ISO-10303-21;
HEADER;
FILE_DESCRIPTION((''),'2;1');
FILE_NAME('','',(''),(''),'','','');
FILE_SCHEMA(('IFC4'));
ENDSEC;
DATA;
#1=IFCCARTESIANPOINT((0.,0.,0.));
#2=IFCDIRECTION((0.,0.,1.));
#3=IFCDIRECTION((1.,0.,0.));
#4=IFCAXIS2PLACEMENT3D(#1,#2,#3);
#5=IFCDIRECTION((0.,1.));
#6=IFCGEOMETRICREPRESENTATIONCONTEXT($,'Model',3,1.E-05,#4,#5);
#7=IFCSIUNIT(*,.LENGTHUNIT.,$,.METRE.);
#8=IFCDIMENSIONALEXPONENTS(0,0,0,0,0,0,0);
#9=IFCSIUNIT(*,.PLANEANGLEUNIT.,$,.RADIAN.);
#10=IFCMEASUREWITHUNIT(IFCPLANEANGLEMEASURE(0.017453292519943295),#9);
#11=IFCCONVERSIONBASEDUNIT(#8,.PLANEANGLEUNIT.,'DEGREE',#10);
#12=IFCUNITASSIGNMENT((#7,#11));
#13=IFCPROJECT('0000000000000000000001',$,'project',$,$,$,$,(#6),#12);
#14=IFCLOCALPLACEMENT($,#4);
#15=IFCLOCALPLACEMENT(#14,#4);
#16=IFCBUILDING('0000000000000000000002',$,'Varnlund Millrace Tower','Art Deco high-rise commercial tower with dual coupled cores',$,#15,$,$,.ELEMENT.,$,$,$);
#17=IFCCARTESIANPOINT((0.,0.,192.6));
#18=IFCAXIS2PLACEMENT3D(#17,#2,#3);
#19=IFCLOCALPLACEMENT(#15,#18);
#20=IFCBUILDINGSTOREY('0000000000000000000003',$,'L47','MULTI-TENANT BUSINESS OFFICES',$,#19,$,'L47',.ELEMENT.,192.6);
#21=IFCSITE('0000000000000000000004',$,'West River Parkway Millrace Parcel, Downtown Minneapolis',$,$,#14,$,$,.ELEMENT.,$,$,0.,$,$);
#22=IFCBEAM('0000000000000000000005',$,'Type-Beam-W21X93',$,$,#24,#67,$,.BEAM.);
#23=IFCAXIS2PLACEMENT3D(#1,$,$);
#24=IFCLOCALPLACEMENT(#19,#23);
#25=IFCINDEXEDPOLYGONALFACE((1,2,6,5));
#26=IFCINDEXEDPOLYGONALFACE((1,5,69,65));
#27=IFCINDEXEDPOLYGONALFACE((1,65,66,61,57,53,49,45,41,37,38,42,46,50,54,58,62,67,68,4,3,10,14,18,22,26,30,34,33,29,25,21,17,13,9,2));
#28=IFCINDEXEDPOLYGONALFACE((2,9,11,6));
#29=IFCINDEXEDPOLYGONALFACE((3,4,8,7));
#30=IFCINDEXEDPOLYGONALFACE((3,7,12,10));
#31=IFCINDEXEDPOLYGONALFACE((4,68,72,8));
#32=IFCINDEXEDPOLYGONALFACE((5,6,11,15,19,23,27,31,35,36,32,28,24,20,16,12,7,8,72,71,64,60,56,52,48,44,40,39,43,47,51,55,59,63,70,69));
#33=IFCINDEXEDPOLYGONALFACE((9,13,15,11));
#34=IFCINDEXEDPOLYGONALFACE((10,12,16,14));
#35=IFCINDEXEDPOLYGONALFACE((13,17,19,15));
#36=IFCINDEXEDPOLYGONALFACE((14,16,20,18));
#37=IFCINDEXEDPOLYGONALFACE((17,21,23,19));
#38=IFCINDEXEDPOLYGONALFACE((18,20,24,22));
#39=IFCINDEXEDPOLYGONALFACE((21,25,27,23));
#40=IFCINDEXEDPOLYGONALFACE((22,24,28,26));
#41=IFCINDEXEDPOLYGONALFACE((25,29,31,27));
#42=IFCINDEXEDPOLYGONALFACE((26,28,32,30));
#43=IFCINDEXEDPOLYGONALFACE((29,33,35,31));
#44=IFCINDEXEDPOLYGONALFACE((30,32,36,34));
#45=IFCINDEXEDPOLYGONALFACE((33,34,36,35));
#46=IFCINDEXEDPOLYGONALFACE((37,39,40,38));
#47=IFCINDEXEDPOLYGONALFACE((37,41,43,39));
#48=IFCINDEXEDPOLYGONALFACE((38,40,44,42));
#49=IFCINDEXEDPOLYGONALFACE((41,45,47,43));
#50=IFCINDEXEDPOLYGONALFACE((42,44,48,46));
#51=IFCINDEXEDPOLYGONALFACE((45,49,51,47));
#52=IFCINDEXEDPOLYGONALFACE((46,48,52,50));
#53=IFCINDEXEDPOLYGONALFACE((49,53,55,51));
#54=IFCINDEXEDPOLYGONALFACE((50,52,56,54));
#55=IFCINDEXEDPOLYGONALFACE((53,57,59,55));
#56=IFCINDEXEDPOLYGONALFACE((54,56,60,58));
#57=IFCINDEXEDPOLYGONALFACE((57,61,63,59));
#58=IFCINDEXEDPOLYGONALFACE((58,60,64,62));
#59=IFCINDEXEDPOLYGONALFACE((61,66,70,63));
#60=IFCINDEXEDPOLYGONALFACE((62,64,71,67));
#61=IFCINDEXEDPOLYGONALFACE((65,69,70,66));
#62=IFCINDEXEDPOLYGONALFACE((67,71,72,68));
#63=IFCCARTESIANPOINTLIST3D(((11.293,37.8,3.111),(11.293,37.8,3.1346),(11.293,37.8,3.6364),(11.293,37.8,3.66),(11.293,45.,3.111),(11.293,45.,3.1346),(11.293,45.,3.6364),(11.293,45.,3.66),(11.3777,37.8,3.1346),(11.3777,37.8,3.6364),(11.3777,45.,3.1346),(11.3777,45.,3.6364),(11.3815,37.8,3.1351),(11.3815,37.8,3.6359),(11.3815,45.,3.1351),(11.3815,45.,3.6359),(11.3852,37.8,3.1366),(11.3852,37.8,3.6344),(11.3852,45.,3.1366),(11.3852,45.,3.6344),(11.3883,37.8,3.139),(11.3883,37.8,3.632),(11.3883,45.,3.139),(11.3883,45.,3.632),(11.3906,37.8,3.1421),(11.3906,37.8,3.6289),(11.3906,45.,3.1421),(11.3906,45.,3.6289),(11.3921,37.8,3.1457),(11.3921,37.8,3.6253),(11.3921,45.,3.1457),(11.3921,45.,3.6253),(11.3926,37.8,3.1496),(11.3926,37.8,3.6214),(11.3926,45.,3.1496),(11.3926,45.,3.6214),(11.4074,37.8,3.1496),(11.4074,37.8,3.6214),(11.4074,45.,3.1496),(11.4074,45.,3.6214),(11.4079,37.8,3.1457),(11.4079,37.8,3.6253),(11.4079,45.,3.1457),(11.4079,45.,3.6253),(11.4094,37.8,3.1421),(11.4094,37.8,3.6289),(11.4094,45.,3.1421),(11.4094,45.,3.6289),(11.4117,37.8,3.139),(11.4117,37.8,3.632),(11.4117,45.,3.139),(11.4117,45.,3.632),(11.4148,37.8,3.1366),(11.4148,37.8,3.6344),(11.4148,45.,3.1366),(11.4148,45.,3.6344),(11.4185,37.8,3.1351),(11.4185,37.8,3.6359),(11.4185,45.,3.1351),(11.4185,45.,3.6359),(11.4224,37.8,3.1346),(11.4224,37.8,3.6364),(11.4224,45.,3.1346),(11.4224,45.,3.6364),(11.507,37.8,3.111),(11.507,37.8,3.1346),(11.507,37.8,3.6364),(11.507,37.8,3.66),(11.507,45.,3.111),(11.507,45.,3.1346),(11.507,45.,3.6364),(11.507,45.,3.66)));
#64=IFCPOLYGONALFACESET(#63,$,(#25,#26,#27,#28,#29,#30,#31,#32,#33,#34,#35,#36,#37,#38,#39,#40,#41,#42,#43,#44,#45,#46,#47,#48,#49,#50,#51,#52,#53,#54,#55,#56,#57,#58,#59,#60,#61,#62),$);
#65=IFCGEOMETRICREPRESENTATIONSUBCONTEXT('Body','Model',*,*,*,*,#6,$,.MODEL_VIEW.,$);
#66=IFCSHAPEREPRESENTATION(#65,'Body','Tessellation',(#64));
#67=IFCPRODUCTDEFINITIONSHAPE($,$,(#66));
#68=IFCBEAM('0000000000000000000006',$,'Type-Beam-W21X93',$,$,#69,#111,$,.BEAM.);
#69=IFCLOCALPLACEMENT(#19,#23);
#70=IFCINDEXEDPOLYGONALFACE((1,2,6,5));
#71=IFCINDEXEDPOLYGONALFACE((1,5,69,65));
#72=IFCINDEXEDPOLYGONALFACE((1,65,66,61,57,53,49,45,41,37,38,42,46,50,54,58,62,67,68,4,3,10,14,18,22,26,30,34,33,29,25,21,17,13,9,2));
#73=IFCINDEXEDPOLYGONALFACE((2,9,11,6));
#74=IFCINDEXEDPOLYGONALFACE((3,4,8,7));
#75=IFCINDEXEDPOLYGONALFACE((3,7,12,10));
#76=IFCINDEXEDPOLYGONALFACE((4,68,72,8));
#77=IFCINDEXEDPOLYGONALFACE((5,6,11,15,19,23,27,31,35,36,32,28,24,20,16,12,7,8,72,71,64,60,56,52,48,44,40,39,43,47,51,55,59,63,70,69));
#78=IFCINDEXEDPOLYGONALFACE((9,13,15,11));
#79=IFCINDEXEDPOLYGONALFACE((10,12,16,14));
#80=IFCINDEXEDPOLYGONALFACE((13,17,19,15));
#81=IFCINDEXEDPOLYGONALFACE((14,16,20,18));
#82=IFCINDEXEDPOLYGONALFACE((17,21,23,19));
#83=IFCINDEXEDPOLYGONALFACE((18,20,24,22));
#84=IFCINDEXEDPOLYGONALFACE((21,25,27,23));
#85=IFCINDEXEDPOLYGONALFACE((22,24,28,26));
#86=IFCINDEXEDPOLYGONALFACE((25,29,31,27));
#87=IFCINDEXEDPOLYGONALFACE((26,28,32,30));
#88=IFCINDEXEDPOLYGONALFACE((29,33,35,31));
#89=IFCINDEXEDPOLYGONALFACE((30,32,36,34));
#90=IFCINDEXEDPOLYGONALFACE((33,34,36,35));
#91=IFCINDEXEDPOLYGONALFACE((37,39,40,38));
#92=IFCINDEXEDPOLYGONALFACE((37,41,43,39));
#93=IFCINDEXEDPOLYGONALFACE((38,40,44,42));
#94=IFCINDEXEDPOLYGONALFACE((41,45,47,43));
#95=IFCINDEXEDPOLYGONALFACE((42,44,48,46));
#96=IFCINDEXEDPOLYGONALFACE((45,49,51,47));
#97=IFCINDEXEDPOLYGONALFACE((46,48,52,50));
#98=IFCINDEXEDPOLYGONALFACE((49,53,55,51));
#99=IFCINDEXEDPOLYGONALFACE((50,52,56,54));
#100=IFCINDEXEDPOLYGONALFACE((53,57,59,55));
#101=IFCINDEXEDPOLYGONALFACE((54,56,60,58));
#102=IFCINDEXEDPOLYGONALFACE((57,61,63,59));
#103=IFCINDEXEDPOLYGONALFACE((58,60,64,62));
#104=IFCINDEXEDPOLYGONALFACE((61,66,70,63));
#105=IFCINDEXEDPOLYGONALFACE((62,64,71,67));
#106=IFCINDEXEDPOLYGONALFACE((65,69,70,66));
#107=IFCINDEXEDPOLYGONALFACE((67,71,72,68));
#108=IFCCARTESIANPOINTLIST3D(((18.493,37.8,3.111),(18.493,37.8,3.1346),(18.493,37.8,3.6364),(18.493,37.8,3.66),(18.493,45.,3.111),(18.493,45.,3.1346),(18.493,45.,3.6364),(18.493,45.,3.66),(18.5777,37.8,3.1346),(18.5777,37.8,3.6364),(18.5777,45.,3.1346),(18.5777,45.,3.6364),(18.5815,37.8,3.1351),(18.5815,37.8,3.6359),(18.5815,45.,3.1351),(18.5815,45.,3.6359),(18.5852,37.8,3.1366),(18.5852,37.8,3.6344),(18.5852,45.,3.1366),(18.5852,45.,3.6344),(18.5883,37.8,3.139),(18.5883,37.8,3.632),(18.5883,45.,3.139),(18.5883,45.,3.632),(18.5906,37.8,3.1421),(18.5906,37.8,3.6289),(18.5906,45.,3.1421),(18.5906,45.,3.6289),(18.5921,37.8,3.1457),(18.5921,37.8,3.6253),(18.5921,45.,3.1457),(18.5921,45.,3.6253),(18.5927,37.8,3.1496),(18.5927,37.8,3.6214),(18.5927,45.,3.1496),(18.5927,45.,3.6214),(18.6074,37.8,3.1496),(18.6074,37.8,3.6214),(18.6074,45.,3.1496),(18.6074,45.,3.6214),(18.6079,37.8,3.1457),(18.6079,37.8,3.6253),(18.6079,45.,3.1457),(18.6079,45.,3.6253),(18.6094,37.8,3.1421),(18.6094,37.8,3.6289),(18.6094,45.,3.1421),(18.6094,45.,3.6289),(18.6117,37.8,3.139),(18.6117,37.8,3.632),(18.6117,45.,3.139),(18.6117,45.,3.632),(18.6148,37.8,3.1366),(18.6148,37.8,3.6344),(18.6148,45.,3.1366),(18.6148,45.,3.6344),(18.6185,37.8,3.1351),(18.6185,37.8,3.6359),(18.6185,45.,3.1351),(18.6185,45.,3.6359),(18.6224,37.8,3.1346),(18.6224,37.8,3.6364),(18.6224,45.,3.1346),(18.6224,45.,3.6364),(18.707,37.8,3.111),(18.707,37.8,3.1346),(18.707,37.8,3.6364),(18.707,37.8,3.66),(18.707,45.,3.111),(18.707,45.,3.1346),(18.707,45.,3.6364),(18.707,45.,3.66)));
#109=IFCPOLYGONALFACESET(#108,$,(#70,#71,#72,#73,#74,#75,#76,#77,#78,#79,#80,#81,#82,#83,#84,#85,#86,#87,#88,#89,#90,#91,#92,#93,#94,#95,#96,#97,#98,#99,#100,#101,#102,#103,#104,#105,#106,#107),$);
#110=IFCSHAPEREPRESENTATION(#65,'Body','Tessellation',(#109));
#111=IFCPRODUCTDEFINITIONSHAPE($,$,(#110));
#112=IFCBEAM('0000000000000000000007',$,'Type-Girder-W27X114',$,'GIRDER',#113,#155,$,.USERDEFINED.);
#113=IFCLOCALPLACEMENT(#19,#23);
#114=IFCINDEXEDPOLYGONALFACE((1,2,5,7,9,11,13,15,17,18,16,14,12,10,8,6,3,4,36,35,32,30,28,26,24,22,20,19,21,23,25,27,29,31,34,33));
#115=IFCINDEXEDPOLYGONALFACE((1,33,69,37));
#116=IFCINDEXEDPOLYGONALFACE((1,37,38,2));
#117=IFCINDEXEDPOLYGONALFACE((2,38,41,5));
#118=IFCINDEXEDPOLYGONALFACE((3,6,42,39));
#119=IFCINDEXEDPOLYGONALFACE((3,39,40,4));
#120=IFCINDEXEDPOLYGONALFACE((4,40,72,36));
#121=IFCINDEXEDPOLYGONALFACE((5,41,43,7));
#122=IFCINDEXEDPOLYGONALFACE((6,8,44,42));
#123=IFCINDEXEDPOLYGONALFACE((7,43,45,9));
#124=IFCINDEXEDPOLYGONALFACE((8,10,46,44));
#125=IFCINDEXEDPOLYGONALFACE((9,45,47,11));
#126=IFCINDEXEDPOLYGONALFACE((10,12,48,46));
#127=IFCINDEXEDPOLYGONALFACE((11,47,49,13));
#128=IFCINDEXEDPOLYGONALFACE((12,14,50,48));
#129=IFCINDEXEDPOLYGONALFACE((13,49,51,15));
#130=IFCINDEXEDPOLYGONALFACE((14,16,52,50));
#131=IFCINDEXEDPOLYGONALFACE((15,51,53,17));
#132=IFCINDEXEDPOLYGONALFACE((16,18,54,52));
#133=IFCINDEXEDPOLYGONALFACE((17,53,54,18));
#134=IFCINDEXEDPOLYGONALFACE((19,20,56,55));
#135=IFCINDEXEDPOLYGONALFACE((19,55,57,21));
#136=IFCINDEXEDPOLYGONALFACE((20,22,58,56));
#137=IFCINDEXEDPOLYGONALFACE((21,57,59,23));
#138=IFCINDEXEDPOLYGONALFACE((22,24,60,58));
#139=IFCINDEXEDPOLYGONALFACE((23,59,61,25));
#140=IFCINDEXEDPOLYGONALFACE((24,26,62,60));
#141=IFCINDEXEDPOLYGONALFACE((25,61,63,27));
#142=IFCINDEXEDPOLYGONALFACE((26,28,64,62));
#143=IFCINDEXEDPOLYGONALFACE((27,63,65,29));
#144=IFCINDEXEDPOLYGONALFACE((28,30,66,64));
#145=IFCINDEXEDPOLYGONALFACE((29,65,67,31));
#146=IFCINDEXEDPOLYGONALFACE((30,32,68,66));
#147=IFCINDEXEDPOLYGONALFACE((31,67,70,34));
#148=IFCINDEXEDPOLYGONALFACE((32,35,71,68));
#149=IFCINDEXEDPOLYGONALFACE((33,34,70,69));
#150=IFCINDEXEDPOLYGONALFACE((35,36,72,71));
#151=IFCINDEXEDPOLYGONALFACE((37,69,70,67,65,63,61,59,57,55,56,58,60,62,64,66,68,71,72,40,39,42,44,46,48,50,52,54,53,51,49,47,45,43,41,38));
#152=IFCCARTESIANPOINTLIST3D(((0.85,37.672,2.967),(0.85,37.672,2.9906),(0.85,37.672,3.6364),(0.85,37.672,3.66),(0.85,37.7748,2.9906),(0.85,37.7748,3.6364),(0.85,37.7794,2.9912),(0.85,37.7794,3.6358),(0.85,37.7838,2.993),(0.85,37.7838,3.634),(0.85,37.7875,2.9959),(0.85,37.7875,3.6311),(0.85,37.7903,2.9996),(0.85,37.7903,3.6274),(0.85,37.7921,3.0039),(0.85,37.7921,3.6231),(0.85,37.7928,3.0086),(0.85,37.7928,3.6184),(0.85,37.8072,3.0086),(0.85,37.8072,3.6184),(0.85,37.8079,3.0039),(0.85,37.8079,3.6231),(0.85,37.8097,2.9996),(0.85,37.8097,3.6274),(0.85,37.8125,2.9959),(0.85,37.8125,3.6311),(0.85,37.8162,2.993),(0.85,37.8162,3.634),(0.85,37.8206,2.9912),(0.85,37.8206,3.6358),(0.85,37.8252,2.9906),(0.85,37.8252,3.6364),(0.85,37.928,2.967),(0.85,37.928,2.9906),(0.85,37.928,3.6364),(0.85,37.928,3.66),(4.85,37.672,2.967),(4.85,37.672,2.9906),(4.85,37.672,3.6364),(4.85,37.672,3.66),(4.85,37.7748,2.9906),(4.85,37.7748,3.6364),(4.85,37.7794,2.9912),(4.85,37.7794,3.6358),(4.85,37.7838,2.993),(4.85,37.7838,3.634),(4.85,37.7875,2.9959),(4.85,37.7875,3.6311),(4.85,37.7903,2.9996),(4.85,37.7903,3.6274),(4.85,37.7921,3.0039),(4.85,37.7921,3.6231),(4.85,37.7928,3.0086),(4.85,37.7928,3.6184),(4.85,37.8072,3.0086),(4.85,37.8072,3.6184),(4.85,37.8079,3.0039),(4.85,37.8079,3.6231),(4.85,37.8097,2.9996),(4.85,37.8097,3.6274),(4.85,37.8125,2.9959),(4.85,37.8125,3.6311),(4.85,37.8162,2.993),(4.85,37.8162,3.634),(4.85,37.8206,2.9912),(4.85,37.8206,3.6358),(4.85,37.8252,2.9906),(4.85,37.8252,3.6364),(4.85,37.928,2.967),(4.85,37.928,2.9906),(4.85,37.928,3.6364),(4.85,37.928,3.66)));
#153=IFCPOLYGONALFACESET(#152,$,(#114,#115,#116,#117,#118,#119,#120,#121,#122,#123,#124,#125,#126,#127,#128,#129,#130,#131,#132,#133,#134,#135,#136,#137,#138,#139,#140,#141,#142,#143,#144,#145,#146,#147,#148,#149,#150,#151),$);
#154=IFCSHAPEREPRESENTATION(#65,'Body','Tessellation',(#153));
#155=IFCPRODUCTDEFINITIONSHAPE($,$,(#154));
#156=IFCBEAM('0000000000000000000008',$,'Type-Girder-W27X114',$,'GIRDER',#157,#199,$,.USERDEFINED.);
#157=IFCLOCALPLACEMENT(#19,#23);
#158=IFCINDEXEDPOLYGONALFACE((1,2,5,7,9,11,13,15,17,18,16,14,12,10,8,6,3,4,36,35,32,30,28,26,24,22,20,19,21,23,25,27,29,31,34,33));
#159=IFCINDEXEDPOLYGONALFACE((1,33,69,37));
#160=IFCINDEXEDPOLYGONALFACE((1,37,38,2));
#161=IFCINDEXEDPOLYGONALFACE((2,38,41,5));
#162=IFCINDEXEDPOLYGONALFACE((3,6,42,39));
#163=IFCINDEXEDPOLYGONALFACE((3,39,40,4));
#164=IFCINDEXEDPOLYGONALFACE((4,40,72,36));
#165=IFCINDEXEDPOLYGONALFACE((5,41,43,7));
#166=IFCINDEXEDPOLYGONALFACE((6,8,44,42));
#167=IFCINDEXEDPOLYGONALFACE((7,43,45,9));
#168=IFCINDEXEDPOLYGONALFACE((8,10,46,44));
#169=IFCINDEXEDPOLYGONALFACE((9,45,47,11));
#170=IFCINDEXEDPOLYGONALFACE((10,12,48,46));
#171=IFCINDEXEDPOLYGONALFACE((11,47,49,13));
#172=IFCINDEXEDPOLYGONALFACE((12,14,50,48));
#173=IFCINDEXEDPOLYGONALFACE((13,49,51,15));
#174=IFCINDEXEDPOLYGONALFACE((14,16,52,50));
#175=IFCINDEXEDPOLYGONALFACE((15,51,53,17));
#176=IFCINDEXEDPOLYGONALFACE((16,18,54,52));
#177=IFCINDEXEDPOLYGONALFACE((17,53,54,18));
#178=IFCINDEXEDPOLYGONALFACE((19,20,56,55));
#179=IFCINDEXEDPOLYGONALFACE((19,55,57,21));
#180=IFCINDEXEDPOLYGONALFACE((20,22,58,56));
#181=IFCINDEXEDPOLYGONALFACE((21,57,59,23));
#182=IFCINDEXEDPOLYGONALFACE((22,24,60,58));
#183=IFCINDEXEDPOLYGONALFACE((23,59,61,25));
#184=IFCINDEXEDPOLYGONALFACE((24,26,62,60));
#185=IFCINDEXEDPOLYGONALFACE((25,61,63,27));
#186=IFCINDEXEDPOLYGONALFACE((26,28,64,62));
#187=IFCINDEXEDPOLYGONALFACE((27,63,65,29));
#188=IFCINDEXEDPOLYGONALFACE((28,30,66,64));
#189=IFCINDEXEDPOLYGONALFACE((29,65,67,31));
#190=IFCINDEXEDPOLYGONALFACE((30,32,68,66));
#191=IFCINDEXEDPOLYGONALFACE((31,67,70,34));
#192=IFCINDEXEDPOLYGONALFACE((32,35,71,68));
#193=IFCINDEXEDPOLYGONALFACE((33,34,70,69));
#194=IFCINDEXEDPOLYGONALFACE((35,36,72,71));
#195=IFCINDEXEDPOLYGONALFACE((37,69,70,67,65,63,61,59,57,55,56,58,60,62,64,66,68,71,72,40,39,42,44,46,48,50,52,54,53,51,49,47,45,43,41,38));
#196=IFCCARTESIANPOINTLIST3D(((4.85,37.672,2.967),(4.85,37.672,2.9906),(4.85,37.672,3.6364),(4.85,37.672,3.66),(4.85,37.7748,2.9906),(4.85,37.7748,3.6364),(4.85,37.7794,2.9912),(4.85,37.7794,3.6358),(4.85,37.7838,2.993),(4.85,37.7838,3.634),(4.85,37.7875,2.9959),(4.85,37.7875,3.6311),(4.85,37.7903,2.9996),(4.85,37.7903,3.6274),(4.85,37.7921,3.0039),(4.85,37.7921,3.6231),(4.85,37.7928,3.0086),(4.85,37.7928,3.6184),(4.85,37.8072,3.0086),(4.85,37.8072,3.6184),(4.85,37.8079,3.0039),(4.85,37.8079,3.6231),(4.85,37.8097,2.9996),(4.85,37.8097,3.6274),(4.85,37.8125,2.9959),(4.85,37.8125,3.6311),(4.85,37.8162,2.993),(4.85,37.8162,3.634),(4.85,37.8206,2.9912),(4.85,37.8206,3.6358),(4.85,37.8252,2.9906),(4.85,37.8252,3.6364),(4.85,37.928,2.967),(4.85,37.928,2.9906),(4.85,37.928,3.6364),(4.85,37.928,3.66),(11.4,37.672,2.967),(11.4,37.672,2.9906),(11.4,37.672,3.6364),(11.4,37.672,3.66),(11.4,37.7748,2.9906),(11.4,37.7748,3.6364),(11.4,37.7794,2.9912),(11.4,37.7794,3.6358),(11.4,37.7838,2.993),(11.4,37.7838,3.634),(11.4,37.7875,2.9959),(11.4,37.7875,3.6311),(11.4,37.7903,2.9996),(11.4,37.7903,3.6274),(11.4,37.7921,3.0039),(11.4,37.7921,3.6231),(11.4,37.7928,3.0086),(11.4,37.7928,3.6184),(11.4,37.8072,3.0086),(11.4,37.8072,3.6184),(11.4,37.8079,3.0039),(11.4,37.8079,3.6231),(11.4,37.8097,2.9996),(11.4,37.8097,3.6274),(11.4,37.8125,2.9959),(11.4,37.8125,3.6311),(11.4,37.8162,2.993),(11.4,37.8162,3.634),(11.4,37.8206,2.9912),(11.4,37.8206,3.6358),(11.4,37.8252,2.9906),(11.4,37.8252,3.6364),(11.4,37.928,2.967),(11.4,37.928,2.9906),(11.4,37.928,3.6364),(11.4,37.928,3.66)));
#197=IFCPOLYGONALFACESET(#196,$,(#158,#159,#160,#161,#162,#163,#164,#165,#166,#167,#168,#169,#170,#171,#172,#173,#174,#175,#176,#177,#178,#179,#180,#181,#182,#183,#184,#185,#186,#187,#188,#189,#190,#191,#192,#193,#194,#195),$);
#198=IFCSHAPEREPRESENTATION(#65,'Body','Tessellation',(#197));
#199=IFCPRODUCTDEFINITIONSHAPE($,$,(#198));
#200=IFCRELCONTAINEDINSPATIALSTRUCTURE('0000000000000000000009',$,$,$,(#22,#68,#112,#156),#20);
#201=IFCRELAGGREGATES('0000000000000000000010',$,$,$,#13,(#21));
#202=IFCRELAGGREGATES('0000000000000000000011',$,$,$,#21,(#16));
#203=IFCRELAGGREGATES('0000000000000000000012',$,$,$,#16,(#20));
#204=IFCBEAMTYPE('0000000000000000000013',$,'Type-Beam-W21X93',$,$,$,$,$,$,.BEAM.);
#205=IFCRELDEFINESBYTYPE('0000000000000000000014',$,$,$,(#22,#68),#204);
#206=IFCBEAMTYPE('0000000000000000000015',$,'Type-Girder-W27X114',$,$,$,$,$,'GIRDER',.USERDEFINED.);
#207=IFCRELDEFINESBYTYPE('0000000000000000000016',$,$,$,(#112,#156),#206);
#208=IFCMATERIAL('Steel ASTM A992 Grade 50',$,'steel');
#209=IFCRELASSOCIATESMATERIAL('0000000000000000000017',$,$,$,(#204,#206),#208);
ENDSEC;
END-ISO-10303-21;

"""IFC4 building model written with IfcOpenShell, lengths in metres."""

from ifc_helpers import new_model, entity, si_unit, converted_unit, direction, frame, origin_with_axes, origin_2d_with_axis, place, context, subcontext, project, spatial, i_section, extrude, material, material_profile, profile_set, type_object, element, save


model = new_model("IFC4")

# Units and contexts
model_context = context("Model", 3, precision=1e-05, world=origin_with_axes(), true_north=direction((0.0, 1.0)))
body_context = subcontext(model_context, "Body", "Model", "MODEL_VIEW")
ifc_project = project(units=[si_unit("LENGTHUNIT", "METRE"), converted_unit("PLANEANGLEUNIT", "DEGREE", entity("IfcPlaneAngleMeasure", 0.017453292519943295), si_unit("PLANEANGLEUNIT", "RADIAN"), dimensions=[0, 0, 0, 0, 0, 0, 0])], contexts=[model_context])

# Site, building, storey
site_placement = place(None, origin_with_axes())
site = spatial("IfcSite", under=ifc_project, at=site_placement, Name="West River Parkway Millrace Parcel, Downtown Minneapolis", CompositionType="ELEMENT", RefElevation=0.0)
building_placement = place(site_placement, origin_with_axes())
building = spatial("IfcBuilding", under=site, at=building_placement, Name="Varnlund Millrace Tower", Description="Art Deco high-rise commercial tower with dual coupled cores", CompositionType="ELEMENT")
storey_placement = place(building_placement, frame((0.0, 0.0, 192.6), z_axis=(0.0, 0.0, 1.0), x_axis=(1.0, 0.0, 0.0)))
storey = spatial("IfcBuildingStorey", under=building, at=storey_placement, Name="L47", Description="MULTI-TENANT BUSINESS OFFICES", LongName="L47", CompositionType="ELEMENT", Elevation=192.6)

# Beams
ifc_material_1 = material(Name="Steel ASTM A992 Grade 50", Category="steel")
ifc_material_profile_1 = material_profile(ifc_material_1, i_section(OverallWidth=0.214, OverallDepth=0.549, WebThickness=0.0147, FlangeThickness=0.0236, FilletRadius=0.015, at=origin_2d_with_axis()), Name="Steel ASTM A992 Grade 50")
ifc_profile_set_1 = profile_set([ifc_material_profile_1], Name="Steel ASTM A992 Grade 50")
beam_type_1 = type_object("IfcBeamType", Name="Type-Beam-W21X93", PredefinedType="BEAM", material=ifc_profile_set_1)
for number, where, z_axis, x_axis, name in (
    (1, (11.4, 37.8, 3.3855), (0.0, 1.0, 0.0), (-1.0, 0.0, 0.0), "Type-Beam-W21X93"),
    (2, (18.6, 37.8, 3.3855), (0.0, 1.0, 0.0), (-1.0, 0.0, 0.0), "Type-Beam-W21X93"),
):
    element("IfcBeam", number, at=place(storey_placement, frame(where, z_axis=z_axis, x_axis=x_axis)), inside=storey, type_object=beam_type_1, Name=name, PredefinedType="BEAM", context=body_context, shape_type="SweptSolid", body=[
        extrude(i_section(OverallWidth=0.214, OverallDepth=0.549, WebThickness=0.0147, FlangeThickness=0.0236, FilletRadius=0.015, at=origin_2d_with_axis()), origin_with_axes(), (0.0, 0.0, 1.0), 7.2),
    ])
ifc_material_profile_2 = material_profile(ifc_material_1, i_section(OverallWidth=0.256, OverallDepth=0.693, WebThickness=0.0145, FlangeThickness=0.0236, FilletRadius=0.018, at=origin_2d_with_axis()), Name="Steel ASTM A992 Grade 50")
ifc_profile_set_2 = profile_set([ifc_material_profile_2], Name="Steel ASTM A992 Grade 50")
beam_type_2 = type_object("IfcBeamType", Name="Type-Girder-W27X114", ElementType="GIRDER", PredefinedType="USERDEFINED", material=ifc_profile_set_2)
beam_1_placement = place(storey_placement, frame((0.85, 37.8, 3.3135), z_axis=(1.0, 0.0, 0.0), x_axis=(0.0, 1.0, 0.0)))
element("IfcBeam", 3, at=beam_1_placement, inside=storey, type_object=beam_type_2, Name="Type-Girder-W27X114", ObjectType="GIRDER", PredefinedType="USERDEFINED", context=body_context, shape_type="SweptSolid", body=[
    extrude(i_section(OverallWidth=0.256, OverallDepth=0.693, WebThickness=0.0145, FlangeThickness=0.0236, FilletRadius=0.018, at=origin_2d_with_axis()), origin_with_axes(), (0.0, 0.0, 1.0), 4.0),
])
beam_2_placement = place(storey_placement, frame((4.85, 37.8, 3.3135), z_axis=(1.0, 0.0, 0.0), x_axis=(0.0, 1.0, 0.0)))
element("IfcBeam", 4, at=beam_2_placement, inside=storey, type_object=beam_type_2, Name="Type-Girder-W27X114", ObjectType="GIRDER", PredefinedType="USERDEFINED", context=body_context, shape_type="SweptSolid", body=[
    extrude(i_section(OverallWidth=0.256, OverallDepth=0.693, WebThickness=0.0145, FlangeThickness=0.0236, FilletRadius=0.018, at=origin_2d_with_axis()), origin_with_axes(), (0.0, 0.0, 1.0), 6.55),
])

save(model, "model.ifc")
